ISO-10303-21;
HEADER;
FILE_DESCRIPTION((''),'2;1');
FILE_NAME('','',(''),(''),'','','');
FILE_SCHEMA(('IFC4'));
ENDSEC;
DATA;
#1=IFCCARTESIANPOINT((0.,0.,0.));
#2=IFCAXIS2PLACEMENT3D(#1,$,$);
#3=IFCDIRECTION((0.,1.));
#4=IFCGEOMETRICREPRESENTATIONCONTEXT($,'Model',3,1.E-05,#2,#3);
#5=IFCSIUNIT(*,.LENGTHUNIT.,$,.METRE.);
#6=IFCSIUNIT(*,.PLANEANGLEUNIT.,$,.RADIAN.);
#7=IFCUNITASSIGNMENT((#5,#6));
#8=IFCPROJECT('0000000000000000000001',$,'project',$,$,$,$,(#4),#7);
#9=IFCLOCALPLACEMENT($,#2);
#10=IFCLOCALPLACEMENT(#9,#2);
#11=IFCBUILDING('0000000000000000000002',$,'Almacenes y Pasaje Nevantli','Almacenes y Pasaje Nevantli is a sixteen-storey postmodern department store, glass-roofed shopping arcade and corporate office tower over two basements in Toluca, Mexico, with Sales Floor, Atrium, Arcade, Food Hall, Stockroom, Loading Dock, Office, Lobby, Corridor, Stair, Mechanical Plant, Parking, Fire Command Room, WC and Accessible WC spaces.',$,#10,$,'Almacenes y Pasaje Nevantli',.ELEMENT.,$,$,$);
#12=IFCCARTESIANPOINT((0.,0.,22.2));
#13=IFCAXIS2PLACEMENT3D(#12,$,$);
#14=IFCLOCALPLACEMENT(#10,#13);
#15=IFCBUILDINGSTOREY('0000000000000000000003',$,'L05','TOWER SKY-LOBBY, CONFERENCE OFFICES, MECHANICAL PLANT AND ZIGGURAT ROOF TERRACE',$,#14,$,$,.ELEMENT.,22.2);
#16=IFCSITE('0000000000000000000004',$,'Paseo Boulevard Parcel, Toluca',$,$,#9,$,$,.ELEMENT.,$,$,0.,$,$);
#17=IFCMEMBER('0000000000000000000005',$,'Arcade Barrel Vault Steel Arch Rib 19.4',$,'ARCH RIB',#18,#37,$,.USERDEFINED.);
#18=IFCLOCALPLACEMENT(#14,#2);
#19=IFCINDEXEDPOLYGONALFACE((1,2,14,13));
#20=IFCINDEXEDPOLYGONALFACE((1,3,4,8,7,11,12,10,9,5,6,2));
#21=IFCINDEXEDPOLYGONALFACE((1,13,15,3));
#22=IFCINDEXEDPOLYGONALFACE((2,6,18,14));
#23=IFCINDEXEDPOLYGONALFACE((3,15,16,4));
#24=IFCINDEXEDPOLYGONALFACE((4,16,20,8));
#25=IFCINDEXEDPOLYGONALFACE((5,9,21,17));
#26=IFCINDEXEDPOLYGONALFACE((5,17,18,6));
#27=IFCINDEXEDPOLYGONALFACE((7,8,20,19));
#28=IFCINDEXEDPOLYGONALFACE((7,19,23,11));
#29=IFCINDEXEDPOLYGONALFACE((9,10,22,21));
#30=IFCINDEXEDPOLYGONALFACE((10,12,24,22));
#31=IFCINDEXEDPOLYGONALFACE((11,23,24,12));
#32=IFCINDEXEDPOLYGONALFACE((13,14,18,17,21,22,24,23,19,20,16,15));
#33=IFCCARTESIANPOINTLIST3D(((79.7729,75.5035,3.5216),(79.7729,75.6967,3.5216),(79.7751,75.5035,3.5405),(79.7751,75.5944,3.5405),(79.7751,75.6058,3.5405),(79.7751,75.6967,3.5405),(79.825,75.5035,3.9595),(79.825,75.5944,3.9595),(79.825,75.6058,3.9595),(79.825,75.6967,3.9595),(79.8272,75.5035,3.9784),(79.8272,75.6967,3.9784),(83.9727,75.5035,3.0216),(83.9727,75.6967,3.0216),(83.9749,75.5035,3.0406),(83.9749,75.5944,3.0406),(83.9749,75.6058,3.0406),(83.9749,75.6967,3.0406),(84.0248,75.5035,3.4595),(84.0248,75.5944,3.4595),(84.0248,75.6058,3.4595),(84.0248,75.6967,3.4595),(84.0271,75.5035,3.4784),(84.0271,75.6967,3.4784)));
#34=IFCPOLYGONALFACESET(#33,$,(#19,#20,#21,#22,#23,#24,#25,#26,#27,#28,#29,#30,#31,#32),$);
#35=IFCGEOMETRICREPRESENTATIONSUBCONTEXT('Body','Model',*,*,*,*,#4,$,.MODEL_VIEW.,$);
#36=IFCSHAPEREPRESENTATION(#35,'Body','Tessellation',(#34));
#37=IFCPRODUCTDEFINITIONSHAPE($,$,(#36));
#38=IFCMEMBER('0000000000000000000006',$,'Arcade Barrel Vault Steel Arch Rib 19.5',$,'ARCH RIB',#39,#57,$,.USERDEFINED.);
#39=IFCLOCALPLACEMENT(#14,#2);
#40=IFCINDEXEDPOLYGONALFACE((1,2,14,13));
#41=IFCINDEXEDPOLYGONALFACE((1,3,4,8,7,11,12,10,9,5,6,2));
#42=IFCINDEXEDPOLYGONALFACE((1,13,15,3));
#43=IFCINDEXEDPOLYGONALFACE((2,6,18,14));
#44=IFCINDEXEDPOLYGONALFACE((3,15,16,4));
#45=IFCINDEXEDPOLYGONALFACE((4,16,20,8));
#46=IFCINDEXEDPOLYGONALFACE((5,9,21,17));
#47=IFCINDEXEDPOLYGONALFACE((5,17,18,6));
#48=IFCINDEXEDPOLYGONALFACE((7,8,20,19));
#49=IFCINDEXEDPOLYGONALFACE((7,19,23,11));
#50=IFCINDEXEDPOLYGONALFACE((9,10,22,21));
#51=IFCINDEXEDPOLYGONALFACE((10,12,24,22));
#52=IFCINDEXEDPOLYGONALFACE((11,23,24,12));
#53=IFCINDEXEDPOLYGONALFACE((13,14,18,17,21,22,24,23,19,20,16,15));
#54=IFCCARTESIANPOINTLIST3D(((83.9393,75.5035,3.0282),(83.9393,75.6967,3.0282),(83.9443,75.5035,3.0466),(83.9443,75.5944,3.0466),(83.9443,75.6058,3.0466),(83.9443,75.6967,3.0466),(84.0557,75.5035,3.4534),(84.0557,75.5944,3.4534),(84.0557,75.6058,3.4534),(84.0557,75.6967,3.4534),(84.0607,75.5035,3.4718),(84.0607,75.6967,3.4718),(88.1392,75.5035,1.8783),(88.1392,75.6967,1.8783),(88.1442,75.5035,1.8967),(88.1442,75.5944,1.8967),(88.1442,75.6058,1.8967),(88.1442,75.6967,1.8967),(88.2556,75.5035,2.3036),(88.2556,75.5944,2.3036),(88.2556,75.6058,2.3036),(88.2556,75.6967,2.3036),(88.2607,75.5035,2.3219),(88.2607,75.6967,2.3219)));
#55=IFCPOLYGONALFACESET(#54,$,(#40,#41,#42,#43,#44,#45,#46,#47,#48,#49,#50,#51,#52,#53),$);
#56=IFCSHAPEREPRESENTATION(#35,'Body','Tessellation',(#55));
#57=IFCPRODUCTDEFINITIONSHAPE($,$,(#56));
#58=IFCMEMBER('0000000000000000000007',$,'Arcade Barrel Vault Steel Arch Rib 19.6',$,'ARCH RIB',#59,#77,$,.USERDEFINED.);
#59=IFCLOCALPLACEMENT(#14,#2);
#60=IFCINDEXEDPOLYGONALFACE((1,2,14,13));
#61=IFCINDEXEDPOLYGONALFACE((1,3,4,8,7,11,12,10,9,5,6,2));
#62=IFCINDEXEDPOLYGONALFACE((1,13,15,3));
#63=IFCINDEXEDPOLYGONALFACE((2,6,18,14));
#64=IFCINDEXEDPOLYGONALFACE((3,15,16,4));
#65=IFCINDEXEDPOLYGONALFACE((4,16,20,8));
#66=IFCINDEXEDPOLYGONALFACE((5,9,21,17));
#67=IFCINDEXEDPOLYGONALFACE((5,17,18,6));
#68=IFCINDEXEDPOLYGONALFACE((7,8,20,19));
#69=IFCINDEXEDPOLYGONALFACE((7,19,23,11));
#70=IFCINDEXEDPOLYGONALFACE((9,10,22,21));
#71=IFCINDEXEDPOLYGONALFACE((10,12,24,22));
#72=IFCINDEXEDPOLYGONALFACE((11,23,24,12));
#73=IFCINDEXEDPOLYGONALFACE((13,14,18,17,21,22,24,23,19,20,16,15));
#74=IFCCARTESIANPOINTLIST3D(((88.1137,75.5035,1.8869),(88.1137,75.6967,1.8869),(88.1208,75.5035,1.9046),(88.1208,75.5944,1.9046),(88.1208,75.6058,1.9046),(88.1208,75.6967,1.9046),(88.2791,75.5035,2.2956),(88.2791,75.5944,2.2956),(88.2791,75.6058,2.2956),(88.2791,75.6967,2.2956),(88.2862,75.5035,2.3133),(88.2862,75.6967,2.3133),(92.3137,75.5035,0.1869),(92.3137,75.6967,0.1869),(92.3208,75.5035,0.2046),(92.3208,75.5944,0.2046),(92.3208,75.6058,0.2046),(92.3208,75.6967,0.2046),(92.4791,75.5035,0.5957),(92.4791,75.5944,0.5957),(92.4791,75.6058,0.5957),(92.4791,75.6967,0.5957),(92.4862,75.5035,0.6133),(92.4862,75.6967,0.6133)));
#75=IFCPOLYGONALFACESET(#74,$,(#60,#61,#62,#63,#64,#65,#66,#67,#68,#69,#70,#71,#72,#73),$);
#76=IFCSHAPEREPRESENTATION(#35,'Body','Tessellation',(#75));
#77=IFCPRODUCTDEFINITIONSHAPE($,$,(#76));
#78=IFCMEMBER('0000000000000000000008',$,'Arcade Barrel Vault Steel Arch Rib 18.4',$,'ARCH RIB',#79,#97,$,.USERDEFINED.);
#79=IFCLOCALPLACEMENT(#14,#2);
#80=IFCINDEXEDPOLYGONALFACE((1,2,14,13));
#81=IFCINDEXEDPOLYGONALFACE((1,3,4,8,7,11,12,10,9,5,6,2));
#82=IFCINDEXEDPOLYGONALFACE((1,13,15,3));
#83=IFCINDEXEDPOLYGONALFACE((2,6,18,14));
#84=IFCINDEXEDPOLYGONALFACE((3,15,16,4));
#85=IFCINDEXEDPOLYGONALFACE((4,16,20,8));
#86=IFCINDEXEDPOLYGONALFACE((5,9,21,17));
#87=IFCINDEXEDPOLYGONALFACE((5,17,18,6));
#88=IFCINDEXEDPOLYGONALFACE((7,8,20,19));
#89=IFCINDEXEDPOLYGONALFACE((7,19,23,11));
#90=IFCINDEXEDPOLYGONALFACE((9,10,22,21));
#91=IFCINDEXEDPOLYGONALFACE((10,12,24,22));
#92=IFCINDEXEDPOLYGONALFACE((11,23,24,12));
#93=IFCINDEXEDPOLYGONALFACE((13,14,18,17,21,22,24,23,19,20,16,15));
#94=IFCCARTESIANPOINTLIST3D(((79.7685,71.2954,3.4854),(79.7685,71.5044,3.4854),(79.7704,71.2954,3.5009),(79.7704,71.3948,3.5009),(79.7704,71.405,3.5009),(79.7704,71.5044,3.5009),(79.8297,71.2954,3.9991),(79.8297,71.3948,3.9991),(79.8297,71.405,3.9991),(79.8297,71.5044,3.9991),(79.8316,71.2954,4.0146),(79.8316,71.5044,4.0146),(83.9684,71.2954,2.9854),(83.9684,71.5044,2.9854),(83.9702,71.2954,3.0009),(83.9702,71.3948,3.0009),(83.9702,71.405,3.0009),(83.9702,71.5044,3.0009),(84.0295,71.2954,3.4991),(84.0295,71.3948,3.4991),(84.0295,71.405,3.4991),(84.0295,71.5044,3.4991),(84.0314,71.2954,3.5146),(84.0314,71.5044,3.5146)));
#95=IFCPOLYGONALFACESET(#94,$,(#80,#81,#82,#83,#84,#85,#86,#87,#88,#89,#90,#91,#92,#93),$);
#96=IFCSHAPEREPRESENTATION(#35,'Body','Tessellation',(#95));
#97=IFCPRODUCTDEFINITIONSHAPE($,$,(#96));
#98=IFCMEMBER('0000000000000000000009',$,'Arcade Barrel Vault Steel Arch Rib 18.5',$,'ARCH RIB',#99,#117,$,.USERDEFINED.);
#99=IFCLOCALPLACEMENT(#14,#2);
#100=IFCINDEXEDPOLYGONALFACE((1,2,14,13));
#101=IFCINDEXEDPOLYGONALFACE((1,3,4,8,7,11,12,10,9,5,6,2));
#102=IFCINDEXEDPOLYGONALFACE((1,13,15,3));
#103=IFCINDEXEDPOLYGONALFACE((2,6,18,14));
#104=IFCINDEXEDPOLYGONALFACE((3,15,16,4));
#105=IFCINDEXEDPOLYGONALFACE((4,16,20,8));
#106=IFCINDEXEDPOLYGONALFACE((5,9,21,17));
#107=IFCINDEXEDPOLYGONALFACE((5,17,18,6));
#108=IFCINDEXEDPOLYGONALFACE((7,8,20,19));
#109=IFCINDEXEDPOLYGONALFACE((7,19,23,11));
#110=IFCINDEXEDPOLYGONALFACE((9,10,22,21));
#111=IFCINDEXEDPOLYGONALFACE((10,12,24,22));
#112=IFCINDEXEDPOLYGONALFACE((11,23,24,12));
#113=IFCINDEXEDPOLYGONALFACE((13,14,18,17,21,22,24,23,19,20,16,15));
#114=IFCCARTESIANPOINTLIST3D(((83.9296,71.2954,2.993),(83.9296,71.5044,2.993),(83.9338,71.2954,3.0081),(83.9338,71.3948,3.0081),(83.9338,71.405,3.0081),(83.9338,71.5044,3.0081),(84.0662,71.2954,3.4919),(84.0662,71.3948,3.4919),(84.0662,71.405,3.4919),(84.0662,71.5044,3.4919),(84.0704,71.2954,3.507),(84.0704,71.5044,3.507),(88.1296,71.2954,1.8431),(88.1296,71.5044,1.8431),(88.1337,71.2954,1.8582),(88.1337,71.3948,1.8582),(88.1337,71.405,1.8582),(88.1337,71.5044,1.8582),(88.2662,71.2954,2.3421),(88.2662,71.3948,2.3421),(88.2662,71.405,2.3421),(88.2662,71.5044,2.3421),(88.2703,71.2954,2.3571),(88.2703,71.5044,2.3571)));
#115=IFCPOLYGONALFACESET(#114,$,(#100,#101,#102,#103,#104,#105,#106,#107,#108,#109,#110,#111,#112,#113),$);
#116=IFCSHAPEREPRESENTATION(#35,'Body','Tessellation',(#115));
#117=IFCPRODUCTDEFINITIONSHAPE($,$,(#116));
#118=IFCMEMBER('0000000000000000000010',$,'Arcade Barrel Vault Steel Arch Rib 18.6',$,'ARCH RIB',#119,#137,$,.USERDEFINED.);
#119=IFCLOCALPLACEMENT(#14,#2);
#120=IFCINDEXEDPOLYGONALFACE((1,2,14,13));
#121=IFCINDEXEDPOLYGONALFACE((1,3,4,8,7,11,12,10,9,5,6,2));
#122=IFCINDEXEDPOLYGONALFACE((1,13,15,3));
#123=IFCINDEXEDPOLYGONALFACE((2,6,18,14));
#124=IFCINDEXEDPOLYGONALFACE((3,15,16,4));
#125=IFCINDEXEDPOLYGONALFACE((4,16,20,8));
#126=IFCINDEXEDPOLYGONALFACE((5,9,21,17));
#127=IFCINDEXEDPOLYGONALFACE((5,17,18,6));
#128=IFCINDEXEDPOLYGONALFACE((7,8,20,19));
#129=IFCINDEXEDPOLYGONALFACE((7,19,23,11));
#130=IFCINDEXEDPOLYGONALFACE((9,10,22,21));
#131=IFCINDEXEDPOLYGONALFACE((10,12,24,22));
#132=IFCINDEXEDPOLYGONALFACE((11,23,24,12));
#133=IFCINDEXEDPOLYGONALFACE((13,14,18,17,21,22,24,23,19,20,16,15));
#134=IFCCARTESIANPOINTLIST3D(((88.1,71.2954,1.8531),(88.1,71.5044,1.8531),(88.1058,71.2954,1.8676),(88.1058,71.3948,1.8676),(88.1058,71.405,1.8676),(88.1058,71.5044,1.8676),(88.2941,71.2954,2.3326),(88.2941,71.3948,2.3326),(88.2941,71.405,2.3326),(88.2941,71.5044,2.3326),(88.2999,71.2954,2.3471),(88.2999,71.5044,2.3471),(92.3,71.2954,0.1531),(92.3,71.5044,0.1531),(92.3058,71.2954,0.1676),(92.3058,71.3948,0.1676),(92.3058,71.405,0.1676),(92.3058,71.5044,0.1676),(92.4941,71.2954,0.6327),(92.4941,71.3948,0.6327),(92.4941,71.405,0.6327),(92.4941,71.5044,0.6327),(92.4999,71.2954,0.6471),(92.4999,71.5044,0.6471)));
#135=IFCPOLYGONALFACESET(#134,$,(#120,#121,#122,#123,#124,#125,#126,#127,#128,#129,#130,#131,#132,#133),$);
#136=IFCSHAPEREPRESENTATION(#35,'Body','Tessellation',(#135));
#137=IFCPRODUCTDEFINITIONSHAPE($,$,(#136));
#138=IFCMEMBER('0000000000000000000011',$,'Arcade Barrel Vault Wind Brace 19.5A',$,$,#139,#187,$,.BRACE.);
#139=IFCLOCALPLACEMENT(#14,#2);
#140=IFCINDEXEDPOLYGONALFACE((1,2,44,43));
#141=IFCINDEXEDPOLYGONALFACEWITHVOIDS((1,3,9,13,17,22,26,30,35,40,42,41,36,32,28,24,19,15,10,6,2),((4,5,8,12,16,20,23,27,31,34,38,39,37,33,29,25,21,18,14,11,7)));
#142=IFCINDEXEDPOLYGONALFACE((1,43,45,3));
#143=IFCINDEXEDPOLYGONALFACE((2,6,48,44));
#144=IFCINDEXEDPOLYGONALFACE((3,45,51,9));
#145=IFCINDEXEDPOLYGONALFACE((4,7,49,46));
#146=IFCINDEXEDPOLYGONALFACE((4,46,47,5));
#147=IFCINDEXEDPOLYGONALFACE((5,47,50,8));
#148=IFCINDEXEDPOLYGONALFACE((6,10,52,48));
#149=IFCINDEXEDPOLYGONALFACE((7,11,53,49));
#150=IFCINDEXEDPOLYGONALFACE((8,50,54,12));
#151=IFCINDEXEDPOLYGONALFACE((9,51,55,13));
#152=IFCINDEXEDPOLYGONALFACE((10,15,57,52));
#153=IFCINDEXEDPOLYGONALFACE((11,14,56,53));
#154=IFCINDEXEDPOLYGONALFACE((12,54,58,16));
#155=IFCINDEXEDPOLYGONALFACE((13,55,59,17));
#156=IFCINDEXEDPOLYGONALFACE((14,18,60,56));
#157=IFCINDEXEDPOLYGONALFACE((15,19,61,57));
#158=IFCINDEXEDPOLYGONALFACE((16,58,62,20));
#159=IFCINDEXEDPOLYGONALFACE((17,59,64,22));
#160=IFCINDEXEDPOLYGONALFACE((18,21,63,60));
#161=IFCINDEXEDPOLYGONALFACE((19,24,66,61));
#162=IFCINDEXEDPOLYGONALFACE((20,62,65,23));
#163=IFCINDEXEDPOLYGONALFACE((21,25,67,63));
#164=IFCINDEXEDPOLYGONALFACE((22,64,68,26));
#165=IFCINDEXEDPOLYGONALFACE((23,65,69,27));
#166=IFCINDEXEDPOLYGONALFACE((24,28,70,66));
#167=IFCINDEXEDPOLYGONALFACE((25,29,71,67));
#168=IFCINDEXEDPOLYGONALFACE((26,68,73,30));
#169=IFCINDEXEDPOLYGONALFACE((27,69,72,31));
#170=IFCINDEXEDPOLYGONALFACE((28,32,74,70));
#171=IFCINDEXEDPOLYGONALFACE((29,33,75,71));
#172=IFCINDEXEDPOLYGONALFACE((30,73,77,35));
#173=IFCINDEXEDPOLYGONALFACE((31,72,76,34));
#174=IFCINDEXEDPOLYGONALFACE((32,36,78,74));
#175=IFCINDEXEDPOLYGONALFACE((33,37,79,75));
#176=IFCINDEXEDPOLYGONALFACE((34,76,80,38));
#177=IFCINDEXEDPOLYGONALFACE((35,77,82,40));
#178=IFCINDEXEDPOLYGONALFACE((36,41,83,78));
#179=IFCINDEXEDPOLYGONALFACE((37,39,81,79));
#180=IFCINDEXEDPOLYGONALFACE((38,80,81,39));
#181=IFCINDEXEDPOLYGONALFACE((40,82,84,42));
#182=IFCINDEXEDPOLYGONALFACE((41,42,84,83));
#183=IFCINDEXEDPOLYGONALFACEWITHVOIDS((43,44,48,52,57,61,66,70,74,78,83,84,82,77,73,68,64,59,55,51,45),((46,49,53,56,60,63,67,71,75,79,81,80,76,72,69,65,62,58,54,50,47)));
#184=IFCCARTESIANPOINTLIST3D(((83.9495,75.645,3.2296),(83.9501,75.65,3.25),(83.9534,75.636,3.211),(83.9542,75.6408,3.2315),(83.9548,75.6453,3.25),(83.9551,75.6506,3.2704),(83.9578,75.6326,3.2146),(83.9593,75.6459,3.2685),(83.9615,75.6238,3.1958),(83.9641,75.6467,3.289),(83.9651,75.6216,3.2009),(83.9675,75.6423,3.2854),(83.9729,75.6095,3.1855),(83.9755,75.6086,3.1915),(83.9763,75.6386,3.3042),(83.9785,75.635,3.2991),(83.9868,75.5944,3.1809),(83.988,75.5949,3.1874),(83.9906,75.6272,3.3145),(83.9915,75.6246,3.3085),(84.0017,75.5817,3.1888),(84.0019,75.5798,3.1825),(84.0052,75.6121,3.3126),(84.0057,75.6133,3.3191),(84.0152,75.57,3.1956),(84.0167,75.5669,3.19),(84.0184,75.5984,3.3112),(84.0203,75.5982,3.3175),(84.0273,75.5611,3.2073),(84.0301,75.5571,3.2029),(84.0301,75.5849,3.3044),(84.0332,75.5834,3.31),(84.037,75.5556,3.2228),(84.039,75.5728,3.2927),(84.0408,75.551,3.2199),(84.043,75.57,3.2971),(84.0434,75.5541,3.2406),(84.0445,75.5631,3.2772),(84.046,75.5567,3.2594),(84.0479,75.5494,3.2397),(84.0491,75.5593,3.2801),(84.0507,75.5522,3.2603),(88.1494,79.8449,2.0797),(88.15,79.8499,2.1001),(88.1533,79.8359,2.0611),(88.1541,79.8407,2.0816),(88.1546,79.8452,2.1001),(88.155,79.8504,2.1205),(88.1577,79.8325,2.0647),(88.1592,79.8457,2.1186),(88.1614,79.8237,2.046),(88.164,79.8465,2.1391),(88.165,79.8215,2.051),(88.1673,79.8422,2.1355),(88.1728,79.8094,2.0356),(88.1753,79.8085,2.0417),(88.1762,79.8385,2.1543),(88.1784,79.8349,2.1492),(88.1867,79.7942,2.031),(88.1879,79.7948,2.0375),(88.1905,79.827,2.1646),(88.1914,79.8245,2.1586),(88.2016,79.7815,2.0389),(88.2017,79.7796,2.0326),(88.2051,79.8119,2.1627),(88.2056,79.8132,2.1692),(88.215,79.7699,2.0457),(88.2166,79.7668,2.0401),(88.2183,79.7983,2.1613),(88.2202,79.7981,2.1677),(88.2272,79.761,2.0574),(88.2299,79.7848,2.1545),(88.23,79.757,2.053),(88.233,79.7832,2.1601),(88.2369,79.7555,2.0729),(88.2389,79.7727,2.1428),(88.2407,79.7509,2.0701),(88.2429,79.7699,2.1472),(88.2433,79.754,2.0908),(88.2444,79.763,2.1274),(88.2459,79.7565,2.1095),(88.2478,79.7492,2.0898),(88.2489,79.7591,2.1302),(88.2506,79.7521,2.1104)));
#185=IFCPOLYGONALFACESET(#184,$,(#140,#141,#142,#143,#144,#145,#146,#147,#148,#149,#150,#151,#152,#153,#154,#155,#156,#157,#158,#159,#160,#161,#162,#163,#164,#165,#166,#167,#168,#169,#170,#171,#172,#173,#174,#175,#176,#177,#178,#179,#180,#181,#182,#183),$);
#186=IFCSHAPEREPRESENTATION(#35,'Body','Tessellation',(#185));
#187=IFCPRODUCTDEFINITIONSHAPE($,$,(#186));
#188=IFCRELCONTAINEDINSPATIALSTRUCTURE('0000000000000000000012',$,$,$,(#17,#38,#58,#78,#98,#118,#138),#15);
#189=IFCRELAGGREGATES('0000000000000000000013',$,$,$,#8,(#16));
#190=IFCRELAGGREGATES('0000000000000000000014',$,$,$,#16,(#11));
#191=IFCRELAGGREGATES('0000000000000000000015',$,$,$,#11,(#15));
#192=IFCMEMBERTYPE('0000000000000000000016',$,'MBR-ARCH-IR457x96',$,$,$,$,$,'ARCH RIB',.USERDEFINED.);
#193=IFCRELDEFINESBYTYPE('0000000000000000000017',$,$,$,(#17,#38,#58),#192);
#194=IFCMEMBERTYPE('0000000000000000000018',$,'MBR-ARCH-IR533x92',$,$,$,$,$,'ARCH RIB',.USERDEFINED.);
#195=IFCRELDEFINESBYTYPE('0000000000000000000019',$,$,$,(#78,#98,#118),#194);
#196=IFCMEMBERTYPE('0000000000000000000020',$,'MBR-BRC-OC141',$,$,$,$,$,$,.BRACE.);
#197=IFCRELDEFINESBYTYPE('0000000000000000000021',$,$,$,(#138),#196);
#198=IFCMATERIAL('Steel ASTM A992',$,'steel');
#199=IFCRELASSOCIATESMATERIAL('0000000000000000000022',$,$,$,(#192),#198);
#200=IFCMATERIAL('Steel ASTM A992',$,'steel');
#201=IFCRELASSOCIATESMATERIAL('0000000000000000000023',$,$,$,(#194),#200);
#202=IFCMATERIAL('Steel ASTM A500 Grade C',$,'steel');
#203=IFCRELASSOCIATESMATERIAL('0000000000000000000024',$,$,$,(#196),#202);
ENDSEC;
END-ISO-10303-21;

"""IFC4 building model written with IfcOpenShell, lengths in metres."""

from ifc_helpers import new_model, si_unit, direction, frame, origin, origin_2d, place, context, subcontext, project, spatial, hollow_circle, i_section, extrude, material, material_profile, profile_set, type_object, element, save


model = new_model("IFC4")

# Units and contexts
model_context = context("Model", 3, precision=1e-05, world=origin(), true_north=direction((0.0, 1.0)))
body_context = subcontext(model_context, "Body", "Model", "MODEL_VIEW")
ifc_project = project(units=[si_unit("LENGTHUNIT", "METRE"), si_unit("PLANEANGLEUNIT", "RADIAN")], contexts=[model_context])

# Site, building, storey
site_placement = place(None, origin())
site = spatial("IfcSite", under=ifc_project, at=site_placement, Name="Paseo Boulevard Parcel, Toluca", CompositionType="ELEMENT", RefElevation=0.0)
building_placement = place(site_placement, origin())
building = spatial("IfcBuilding", under=site, at=building_placement, Name="Almacenes y Pasaje Nevantli", Description="Almacenes y Pasaje Nevantli is a sixteen-storey postmodern department store, glass-roofed shopping arcade and corporate office tower over two basements in Toluca, Mexico, with Sales Floor, Atrium, Arcade, Food Hall, Stockroom, Loading Dock, Office, Lobby, Corridor, Stair, Mechanical Plant, Parking, Fire Command Room, WC and Accessible WC spaces.", LongName="Almacenes y Pasaje Nevantli", CompositionType="ELEMENT")
storey_placement = place(building_placement, frame((0.0, 0.0, 22.2)))
storey = spatial("IfcBuildingStorey", under=building, at=storey_placement, Name="L05", Description="TOWER SKY-LOBBY, CONFERENCE OFFICES, MECHANICAL PLANT AND ZIGGURAT ROOF TERRACE", CompositionType="ELEMENT", Elevation=22.2)

# Members
ifc_material_1 = material(Name="Steel ASTM A992", Category="steel")
ifc_material_profile_1 = material_profile(ifc_material_1, i_section(OverallWidth=0.1931, OverallDepth=0.46, WebThickness=0.0115, FlangeThickness=0.019, at=origin_2d()), Name="IR 457x96.7")
ifc_profile_set_1 = profile_set([ifc_material_profile_1], Name="Steel ASTM A992")
member_type_1 = type_object("IfcMemberType", Name="MBR-ARCH-IR457x96", ElementType="ARCH RIB", PredefinedType="USERDEFINED", material=ifc_profile_set_1)
member_1_placement = place(storey_placement, frame((79.8, 75.6001, 3.75), z_axis=(0.992988, 0.0, -0.118214), x_axis=(0.0, 1.0, 0.0)))
element("IfcMember", 1, at=member_1_placement, inside=storey, type_object=member_type_1, Name="Arcade Barrel Vault Steel Arch Rib 19.4", ObjectType="ARCH RIB", PredefinedType="USERDEFINED", context=body_context, shape_type="SweptSolid", body=[
    extrude(i_section(OverallWidth=0.1931, OverallDepth=0.46, WebThickness=0.0115, FlangeThickness=0.019, at=origin_2d()), origin(), (0.0, 0.0, 1.0), 4.2295),
])
member_2_placement = place(storey_placement, frame((84.0, 75.6001, 3.25), z_axis=(0.964503, 0.0, -0.264071), x_axis=(0.0, 1.0, 0.0)))
element("IfcMember", 2, at=member_2_placement, inside=storey, type_object=member_type_1, Name="Arcade Barrel Vault Steel Arch Rib 19.5", ObjectType="ARCH RIB", PredefinedType="USERDEFINED", context=body_context, shape_type="SweptSolid", body=[
    extrude(i_section(OverallWidth=0.1931, OverallDepth=0.46, WebThickness=0.0115, FlangeThickness=0.019, at=origin_2d()), origin(), (0.0, 0.0, 1.0), 4.3545),
])
member_3_placement = place(storey_placement, frame((88.2, 75.6001, 2.1001), z_axis=(0.926949, 0.0, -0.375187), x_axis=(0.0, 1.0, 0.0)))
element("IfcMember", 3, at=member_3_placement, inside=storey, type_object=member_type_1, Name="Arcade Barrel Vault Steel Arch Rib 19.6", ObjectType="ARCH RIB", PredefinedType="USERDEFINED", context=body_context, shape_type="SweptSolid", body=[
    extrude(i_section(OverallWidth=0.1931, OverallDepth=0.46, WebThickness=0.0115, FlangeThickness=0.019, at=origin_2d()), origin(), (0.0, 0.0, 1.0), 4.531),
])
ifc_material_2 = material(Name="Steel ASTM A992", Category="steel")
ifc_material_profile_2 = material_profile(ifc_material_2, i_section(OverallWidth=0.209, OverallDepth=0.533, WebThickness=0.0103, FlangeThickness=0.0156, at=origin_2d()), Name="IR 533x92.5")
ifc_profile_set_2 = profile_set([ifc_material_profile_2], Name="Steel ASTM A992")
member_type_2 = type_object("IfcMemberType", Name="MBR-ARCH-IR533x92", ElementType="ARCH RIB", PredefinedType="USERDEFINED", material=ifc_profile_set_2)
member_4_placement = place(storey_placement, frame((79.8, 71.3999, 3.75), z_axis=(0.992988, 0.0, -0.118214), x_axis=(0.0, 1.0, 0.0)))
element("IfcMember", 4, at=member_4_placement, inside=storey, type_object=member_type_2, Name="Arcade Barrel Vault Steel Arch Rib 18.4", ObjectType="ARCH RIB", PredefinedType="USERDEFINED", context=body_context, shape_type="SweptSolid", body=[
    extrude(i_section(OverallWidth=0.209, OverallDepth=0.533, WebThickness=0.0103, FlangeThickness=0.0156, at=origin_2d()), origin(), (0.0, 0.0, 1.0), 4.2295),
])
member_5_placement = place(storey_placement, frame((84.0, 71.3999, 3.25), z_axis=(0.964503, 0.0, -0.264071), x_axis=(0.0, 1.0, 0.0)))
element("IfcMember", 5, at=member_5_placement, inside=storey, type_object=member_type_2, Name="Arcade Barrel Vault Steel Arch Rib 18.5", ObjectType="ARCH RIB", PredefinedType="USERDEFINED", context=body_context, shape_type="SweptSolid", body=[
    extrude(i_section(OverallWidth=0.209, OverallDepth=0.533, WebThickness=0.0103, FlangeThickness=0.0156, at=origin_2d()), origin(), (0.0, 0.0, 1.0), 4.3545),
])
member_6_placement = place(storey_placement, frame((88.2, 71.3999, 2.1001), z_axis=(0.926949, 0.0, -0.375187), x_axis=(0.0, 1.0, 0.0)))
element("IfcMember", 6, at=member_6_placement, inside=storey, type_object=member_type_2, Name="Arcade Barrel Vault Steel Arch Rib 18.6", ObjectType="ARCH RIB", PredefinedType="USERDEFINED", context=body_context, shape_type="SweptSolid", body=[
    extrude(i_section(OverallWidth=0.209, OverallDepth=0.533, WebThickness=0.0103, FlangeThickness=0.0156, at=origin_2d()), origin(), (0.0, 0.0, 1.0), 4.531),
])
ifc_material_3 = material(Name="Steel ASTM A500 Grade C", Category="steel")
ifc_material_profile_3 = material_profile(ifc_material_3, hollow_circle(Radius=0.0706, WallThickness=0.0066, at=origin_2d()), Name="OC 141x6.6")
ifc_profile_set_3 = profile_set([ifc_material_profile_3], Name="Steel ASTM A500 Grade C")
member_type_3 = type_object("IfcMemberType", Name="MBR-BRC-OC141", PredefinedType="BRACE", material=ifc_profile_set_3)
for number, where, z_axis, x_axis, name in (
    (7, (84.0, 75.6001, 3.25), (0.694217, 0.694217, -0.190069), (-0.707107, 0.707107, 0.0), "Arcade Barrel Vault Wind Brace 19.5A"),
):
    element("IfcMember", number, at=place(storey_placement, frame(where, z_axis=z_axis, x_axis=x_axis)), inside=storey, type_object=member_type_3, Name=name, PredefinedType="BRACE", context=body_context, shape_type="SweptSolid", body=[
        extrude(hollow_circle(Radius=0.0706, WallThickness=0.0066, at=origin_2d()), origin(), (0.0, 0.0, 1.0), 6.0498),
    ])

save(model, "model.ifc")
